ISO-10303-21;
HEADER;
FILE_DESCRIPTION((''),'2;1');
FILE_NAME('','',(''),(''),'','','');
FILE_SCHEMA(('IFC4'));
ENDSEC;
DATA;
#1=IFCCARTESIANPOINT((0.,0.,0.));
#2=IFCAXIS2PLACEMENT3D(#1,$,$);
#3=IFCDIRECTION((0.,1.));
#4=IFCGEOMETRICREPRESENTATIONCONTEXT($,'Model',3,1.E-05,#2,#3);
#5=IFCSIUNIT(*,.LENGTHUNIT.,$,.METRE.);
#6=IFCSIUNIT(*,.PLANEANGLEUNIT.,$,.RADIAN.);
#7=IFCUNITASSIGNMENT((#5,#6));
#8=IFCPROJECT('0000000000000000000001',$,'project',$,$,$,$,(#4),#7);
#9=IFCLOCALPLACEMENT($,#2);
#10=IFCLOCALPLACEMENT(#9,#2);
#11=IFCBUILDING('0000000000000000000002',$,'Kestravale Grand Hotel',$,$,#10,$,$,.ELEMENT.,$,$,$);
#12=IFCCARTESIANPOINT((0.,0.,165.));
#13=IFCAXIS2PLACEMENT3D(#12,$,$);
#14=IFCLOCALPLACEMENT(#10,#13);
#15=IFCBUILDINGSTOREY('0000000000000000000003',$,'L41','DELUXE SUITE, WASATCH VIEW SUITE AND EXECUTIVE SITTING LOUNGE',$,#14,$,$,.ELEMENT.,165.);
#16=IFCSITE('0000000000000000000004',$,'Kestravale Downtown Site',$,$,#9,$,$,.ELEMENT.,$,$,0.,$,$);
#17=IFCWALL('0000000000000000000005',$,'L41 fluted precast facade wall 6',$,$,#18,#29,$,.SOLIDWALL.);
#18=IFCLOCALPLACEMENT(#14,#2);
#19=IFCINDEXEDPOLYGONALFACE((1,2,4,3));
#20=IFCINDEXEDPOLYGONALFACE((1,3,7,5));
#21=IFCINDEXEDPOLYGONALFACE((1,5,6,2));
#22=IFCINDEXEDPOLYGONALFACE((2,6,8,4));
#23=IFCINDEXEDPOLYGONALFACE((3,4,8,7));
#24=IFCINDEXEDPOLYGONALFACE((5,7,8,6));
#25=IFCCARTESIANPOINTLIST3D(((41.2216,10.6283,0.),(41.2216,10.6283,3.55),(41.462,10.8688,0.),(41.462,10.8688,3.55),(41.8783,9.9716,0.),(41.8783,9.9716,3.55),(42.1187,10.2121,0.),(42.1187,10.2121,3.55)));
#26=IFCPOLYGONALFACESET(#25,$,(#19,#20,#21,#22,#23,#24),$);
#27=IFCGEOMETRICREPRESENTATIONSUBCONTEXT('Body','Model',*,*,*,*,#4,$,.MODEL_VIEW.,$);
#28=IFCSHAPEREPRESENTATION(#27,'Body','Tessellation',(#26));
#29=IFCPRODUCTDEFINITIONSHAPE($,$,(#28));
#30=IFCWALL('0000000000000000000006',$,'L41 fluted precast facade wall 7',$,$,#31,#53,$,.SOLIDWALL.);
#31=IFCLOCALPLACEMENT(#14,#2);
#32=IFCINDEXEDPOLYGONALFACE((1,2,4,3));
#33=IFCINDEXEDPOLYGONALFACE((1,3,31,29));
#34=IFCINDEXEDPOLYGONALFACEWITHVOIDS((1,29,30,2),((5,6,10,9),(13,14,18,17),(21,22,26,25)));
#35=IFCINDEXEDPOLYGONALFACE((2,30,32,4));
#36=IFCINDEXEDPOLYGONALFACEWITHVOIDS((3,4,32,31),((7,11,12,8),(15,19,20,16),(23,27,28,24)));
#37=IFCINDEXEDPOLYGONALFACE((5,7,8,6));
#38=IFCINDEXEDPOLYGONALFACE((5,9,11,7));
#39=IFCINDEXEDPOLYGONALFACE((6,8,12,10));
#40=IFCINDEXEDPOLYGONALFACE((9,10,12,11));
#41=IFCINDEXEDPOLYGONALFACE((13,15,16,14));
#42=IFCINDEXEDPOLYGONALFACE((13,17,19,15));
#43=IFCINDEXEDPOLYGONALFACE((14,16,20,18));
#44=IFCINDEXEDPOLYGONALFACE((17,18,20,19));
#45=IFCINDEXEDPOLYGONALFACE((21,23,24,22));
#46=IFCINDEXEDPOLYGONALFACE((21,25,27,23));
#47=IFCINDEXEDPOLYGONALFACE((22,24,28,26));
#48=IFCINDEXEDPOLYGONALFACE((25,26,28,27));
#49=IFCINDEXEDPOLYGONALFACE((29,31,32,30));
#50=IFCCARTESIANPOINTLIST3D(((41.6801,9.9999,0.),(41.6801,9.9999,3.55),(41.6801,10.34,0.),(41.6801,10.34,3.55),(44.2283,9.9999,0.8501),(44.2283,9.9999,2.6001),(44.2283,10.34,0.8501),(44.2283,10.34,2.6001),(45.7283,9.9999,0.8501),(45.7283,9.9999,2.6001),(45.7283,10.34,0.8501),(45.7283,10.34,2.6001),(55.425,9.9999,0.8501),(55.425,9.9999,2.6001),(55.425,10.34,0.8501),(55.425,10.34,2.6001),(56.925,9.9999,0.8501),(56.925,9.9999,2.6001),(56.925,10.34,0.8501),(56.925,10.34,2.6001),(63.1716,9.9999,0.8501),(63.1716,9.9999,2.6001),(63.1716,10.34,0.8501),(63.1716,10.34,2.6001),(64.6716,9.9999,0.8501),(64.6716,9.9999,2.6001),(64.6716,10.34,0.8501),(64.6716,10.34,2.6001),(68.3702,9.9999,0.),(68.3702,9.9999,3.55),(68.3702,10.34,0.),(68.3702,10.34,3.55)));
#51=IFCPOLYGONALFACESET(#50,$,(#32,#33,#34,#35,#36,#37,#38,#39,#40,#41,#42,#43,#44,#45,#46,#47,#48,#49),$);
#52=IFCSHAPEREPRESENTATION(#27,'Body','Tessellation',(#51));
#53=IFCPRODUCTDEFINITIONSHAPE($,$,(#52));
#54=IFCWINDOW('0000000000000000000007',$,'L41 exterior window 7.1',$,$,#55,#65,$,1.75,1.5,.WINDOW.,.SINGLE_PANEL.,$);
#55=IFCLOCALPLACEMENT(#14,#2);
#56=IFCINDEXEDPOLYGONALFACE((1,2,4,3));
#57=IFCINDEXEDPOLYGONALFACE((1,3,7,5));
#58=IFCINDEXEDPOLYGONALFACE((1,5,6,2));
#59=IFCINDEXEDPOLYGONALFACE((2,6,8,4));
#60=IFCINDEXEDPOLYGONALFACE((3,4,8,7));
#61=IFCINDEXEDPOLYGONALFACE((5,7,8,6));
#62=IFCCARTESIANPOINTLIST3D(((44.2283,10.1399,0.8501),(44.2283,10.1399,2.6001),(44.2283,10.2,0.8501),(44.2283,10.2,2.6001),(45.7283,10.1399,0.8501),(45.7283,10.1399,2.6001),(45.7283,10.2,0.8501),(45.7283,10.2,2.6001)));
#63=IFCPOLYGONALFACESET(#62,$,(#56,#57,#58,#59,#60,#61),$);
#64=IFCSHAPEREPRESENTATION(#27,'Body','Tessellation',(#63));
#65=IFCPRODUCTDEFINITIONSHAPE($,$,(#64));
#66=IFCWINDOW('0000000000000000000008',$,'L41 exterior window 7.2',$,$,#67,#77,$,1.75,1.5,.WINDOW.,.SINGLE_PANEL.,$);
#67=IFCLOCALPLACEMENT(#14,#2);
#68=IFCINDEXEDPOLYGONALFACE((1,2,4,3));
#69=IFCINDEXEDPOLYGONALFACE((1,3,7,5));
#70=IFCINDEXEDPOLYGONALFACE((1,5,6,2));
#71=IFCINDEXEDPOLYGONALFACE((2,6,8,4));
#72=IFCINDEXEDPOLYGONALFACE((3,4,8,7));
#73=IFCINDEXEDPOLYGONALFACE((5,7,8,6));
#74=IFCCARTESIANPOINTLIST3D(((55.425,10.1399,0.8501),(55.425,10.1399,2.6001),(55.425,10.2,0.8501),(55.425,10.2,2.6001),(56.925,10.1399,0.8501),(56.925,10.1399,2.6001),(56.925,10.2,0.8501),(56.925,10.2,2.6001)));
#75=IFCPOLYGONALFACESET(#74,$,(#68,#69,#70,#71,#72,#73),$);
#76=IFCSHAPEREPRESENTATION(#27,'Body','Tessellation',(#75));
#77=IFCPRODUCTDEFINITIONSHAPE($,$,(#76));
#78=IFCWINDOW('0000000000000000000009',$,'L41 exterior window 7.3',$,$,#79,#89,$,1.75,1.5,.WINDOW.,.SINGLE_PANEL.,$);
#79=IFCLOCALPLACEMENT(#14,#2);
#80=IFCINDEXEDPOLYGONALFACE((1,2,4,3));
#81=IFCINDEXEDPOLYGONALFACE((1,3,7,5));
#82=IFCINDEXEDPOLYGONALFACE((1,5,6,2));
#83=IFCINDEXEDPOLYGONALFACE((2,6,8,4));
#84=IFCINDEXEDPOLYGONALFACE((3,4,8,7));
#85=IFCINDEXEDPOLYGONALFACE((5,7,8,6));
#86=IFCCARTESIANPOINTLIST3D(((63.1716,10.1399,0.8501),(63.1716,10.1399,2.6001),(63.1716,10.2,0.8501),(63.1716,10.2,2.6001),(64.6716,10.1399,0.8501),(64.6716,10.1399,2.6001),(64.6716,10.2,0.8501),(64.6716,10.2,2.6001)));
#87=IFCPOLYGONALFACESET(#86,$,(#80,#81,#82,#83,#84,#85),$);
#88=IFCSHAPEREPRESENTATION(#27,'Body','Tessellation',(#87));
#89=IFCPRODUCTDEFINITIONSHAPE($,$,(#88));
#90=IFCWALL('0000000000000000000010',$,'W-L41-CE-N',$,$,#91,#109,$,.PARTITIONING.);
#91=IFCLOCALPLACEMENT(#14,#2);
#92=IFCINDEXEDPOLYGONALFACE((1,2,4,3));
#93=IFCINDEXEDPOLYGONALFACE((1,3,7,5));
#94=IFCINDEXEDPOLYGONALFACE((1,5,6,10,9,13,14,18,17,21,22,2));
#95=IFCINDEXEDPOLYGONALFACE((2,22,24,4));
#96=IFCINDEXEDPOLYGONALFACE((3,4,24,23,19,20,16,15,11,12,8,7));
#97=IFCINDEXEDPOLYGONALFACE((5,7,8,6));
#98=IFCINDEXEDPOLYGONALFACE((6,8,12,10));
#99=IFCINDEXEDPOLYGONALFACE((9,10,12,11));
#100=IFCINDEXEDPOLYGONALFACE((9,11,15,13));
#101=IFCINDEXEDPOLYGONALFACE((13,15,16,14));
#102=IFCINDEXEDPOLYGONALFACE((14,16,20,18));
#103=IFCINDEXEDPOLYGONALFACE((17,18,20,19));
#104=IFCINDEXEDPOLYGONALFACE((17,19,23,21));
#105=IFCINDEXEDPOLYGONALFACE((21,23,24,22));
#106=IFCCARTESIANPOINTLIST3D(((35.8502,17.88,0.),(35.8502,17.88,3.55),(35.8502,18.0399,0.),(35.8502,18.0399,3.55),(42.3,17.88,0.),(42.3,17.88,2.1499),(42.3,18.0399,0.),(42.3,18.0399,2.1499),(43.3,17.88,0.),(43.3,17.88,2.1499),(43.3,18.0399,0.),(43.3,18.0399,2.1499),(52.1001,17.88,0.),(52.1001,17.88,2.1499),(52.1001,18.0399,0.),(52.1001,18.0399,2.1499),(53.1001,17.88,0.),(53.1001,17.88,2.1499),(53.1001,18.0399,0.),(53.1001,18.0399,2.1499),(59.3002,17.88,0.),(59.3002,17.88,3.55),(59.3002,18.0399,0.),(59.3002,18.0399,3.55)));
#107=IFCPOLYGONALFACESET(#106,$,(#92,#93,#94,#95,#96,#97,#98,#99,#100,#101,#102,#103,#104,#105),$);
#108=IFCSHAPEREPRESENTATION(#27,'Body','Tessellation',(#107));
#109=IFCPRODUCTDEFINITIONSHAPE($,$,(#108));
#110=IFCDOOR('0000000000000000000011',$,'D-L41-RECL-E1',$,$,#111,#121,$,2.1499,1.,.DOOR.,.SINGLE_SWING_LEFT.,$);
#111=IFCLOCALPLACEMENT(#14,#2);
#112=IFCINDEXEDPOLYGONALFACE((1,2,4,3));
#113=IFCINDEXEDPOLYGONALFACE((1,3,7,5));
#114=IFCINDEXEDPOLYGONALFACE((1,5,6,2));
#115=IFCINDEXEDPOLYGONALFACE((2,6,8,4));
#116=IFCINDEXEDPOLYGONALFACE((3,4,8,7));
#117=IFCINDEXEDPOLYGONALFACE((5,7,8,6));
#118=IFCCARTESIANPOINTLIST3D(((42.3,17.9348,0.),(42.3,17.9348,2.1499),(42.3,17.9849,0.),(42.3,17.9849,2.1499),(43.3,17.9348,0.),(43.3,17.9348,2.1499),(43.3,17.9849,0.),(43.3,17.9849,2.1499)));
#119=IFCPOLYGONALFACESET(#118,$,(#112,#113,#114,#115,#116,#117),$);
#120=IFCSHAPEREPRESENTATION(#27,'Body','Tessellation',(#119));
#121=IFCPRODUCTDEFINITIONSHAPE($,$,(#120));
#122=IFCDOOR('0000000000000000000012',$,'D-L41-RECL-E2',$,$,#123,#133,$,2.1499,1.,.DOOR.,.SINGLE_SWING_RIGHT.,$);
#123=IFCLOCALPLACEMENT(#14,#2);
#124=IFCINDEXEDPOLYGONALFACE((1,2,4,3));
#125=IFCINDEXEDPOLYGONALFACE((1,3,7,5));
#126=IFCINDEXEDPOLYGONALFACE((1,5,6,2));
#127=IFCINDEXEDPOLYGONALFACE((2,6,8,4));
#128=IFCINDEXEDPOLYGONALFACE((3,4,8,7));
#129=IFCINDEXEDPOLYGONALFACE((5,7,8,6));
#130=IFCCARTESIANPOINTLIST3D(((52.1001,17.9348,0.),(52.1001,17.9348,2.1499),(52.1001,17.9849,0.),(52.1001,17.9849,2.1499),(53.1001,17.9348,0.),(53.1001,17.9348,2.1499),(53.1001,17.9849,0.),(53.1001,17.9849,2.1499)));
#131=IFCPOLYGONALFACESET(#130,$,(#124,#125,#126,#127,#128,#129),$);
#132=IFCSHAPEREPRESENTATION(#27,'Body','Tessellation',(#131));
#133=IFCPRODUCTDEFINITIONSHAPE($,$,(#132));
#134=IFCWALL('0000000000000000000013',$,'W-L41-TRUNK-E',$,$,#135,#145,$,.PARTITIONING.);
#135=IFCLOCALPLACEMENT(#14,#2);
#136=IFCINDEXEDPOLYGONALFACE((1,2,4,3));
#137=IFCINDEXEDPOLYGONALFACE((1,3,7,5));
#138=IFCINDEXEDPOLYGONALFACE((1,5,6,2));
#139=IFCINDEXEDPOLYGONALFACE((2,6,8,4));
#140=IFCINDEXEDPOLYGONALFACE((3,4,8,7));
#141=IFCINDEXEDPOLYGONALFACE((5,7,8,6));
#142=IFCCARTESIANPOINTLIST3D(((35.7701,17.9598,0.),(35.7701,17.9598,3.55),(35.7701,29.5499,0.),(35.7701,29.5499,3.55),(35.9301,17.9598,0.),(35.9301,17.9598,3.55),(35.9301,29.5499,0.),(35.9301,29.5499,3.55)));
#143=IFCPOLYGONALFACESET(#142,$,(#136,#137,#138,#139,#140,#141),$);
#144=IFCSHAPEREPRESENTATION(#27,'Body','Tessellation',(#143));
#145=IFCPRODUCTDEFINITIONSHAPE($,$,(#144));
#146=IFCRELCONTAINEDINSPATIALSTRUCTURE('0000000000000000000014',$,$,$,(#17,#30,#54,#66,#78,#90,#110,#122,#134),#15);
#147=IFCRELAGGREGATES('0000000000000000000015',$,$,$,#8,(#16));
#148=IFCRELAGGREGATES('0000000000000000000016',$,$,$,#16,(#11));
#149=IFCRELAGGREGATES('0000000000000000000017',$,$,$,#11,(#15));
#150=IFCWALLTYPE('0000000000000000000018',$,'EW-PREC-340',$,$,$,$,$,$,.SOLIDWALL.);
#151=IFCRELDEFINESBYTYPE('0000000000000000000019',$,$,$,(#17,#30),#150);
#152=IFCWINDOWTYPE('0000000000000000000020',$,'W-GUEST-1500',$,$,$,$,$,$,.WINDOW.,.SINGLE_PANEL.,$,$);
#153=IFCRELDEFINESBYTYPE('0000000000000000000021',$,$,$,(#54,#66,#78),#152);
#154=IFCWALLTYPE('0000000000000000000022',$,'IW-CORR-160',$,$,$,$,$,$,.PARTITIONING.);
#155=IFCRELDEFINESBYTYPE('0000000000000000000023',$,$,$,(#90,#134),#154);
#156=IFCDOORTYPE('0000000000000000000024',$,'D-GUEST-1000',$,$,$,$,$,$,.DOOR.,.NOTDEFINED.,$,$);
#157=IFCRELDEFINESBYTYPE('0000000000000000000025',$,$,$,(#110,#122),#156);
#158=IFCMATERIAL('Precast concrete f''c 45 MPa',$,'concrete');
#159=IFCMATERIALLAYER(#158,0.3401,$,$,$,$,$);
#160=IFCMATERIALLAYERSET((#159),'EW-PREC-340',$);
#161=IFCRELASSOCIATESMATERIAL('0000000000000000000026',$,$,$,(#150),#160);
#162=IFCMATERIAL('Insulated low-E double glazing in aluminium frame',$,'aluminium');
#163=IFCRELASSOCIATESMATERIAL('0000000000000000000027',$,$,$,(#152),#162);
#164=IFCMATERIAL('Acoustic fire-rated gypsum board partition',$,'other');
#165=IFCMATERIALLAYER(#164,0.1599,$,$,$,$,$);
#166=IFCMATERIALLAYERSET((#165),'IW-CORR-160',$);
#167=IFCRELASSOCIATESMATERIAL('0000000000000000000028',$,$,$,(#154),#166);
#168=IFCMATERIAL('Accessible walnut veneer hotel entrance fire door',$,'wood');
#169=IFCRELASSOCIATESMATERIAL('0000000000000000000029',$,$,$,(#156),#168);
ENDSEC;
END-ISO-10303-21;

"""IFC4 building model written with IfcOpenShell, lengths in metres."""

from ifc_helpers import new_model, si_unit, direction, frame, frame_2d, origin, place, context, subcontext, project, spatial, rectangle, extrude, material, layer, layer_set, type_object, element, fill, save


model = new_model("IFC4")

# Units and contexts
model_context = context("Model", 3, precision=1e-05, world=origin(), true_north=direction((0.0, 1.0)))
body_context = subcontext(model_context, "Body", "Model", "MODEL_VIEW")
ifc_project = project(units=[si_unit("LENGTHUNIT", "METRE"), si_unit("PLANEANGLEUNIT", "RADIAN")], contexts=[model_context])

# Site, building, storey
site_placement = place(None, origin())
site = spatial("IfcSite", under=ifc_project, at=site_placement, Name="Kestravale Downtown Site", CompositionType="ELEMENT", RefElevation=0.0)
building_placement = place(site_placement, origin())
building = spatial("IfcBuilding", under=site, at=building_placement, Name="Kestravale Grand Hotel", CompositionType="ELEMENT")
storey_placement = place(building_placement, frame((0.0, 0.0, 165.0)))
storey = spatial("IfcBuildingStorey", under=building, at=storey_placement, Name="L41", Description="DELUXE SUITE, WASATCH VIEW SUITE AND EXECUTIVE SITTING LOUNGE", CompositionType="ELEMENT", Elevation=165.0)

# Shared definitions
ifc_material_1 = material(Name="Precast concrete f'c 45 MPa", Category="concrete")
ifc_layer_1 = layer(ifc_material_1, 0.3401)
ifc_layer_set_1 = layer_set([ifc_layer_1], Name="EW-PREC-340")
wall_type_1 = type_object("IfcWallType", Name="EW-PREC-340", PredefinedType="SOLIDWALL", material=ifc_layer_set_1)

# Shared definitions
ifc_material_2 = material(Name="Insulated low-E double glazing in aluminium frame", Category="aluminium")
window_type = type_object("IfcWindowType", Name="W-GUEST-1500", PartitioningType="SINGLE_PANEL", PredefinedType="WINDOW", material=ifc_material_2)

# Wall
wall_1_placement = place(storey_placement, frame((41.3418, 10.7485, 0.0), z_axis=(0.0, 0.0, 1.0), x_axis=(0.707107, -0.707107, 0.0)))
element("IfcWall", 1, at=wall_1_placement, inside=storey, type_object=wall_type_1, Name="L41 fluted precast facade wall 6", PredefinedType="SOLIDWALL", context=body_context, shape_type="SweptSolid", body=[
    extrude(rectangle(XDim=0.9287, YDim=0.3401, at=frame_2d((0.4644, 0.0))), origin(), (0.0, 0.0, 1.0), 3.55),
])

# Wall, openings, windows
wall_2_placement = place(storey_placement, frame((41.6799, 10.1699, 0.0), z_axis=(0.0, 0.0, 1.0), x_axis=(1.0, 0.0, 0.0)))
wall_2 = element("IfcWall", 2, at=wall_2_placement, inside=storey, type_object=wall_type_1, Name="L41 fluted precast facade wall 7", PredefinedType="SOLIDWALL", context=body_context, shape_type="SweptSolid", body=[
    extrude(rectangle(XDim=26.6902, YDim=0.3401, at=frame_2d((13.3452, 0.0))), origin(), (0.0, 0.0, 1.0), 3.55),
])
opening_1_placement = place(wall_2_placement, frame((2.5483, 0.0, 0.8501)))
opening_1 = element("IfcOpeningElement", 3, at=opening_1_placement, cuts=wall_2, PredefinedType="OPENING", context=body_context, shape_type="SweptSolid", body=[
    extrude(rectangle(XDim=1.5, YDim=1.75, at=frame_2d((0.75, 0.875))), frame((0.0, 0.1799, 0.0), z_axis=(0.0, -1.0, 0.0), x_axis=(1.0, 0.0, 0.0)), (0.0, 0.0, 1.0), 0.3601),
])
opening_2_placement = place(wall_2_placement, frame((13.7451, 0.0, 0.8501)))
opening_2 = element("IfcOpeningElement", 4, at=opening_2_placement, cuts=wall_2, PredefinedType="OPENING", context=body_context, shape_type="SweptSolid", body=[
    extrude(rectangle(XDim=1.5, YDim=1.75, at=frame_2d((0.75, 0.875))), frame((0.0, 0.1799, 0.0), z_axis=(0.0, -1.0, 0.0), x_axis=(1.0, 0.0, 0.0)), (0.0, 0.0, 1.0), 0.3601),
])
opening_3_placement = place(wall_2_placement, frame((21.4917, 0.0, 0.8501)))
opening_3 = element("IfcOpeningElement", 5, at=opening_3_placement, cuts=wall_2, PredefinedType="OPENING", context=body_context, shape_type="SweptSolid", body=[
    extrude(rectangle(XDim=1.5, YDim=1.75, at=frame_2d((0.75, 0.875))), frame((0.0, 0.1799, 0.0), z_axis=(0.0, -1.0, 0.0), x_axis=(1.0, 0.0, 0.0)), (0.0, 0.0, 1.0), 0.3601),
])
window_1_placement = place(opening_1_placement, origin())
window_1 = element("IfcWindow", 6, at=window_1_placement, inside=storey, type_object=window_type, Name="L41 exterior window 7.1", OverallHeight=1.75, OverallWidth=1.5, PartitioningType="SINGLE_PANEL", PredefinedType="WINDOW", context=body_context, shape_type="SweptSolid", body=[
    extrude(rectangle(XDim=1.5, YDim=1.75, at=frame_2d((0.75, 0.875))), frame((0.0, 0.03, 0.0), z_axis=(0.0, -1.0, 0.0), x_axis=(1.0, 0.0, 0.0)), (0.0, 0.0, 1.0), 0.0601),
])
fill(opening_1, window_1)
window_2_placement = place(opening_2_placement, origin())
window_2 = element("IfcWindow", 7, at=window_2_placement, inside=storey, type_object=window_type, Name="L41 exterior window 7.2", OverallHeight=1.75, OverallWidth=1.5, PartitioningType="SINGLE_PANEL", PredefinedType="WINDOW", context=body_context, shape_type="SweptSolid", body=[
    extrude(rectangle(XDim=1.5, YDim=1.75, at=frame_2d((0.75, 0.875))), frame((0.0, 0.03, 0.0), z_axis=(0.0, -1.0, 0.0), x_axis=(1.0, 0.0, 0.0)), (0.0, 0.0, 1.0), 0.0601),
])
fill(opening_2, window_2)
window_3_placement = place(opening_3_placement, origin())
window_3 = element("IfcWindow", 8, at=window_3_placement, inside=storey, type_object=window_type, Name="L41 exterior window 7.3", OverallHeight=1.75, OverallWidth=1.5, PartitioningType="SINGLE_PANEL", PredefinedType="WINDOW", context=body_context, shape_type="SweptSolid", body=[
    extrude(rectangle(XDim=1.5, YDim=1.75, at=frame_2d((0.75, 0.875))), frame((0.0, 0.03, 0.0), z_axis=(0.0, -1.0, 0.0), x_axis=(1.0, 0.0, 0.0)), (0.0, 0.0, 1.0), 0.0601),
])
fill(opening_3, window_3)

# Wall, openings, doors
ifc_material_3 = material(Name="Acoustic fire-rated gypsum board partition", Category="other")
ifc_layer_2 = layer(ifc_material_3, 0.1599)
ifc_layer_set_2 = layer_set([ifc_layer_2], Name="IW-CORR-160")
wall_type_2 = type_object("IfcWallType", Name="IW-CORR-160", PredefinedType="PARTITIONING", material=ifc_layer_set_2)
wall_3_placement = place(storey_placement, frame((35.8501, 17.96, 0.0), z_axis=(0.0, 0.0, 1.0), x_axis=(1.0, 0.0, 0.0)))
wall_3 = element("IfcWall", 9, at=wall_3_placement, inside=storey, type_object=wall_type_2, Name="W-L41-CE-N", PredefinedType="PARTITIONING", context=body_context, shape_type="SweptSolid", body=[
    extrude(rectangle(XDim=23.45, YDim=0.1599, at=frame_2d((11.7251, 0.0))), origin(), (0.0, 0.0, 1.0), 3.55),
])
opening_4_placement = place(wall_3_placement, frame((6.45, 0.0, 0.0)))
opening_4 = element("IfcOpeningElement", 10, at=opening_4_placement, cuts=wall_3, PredefinedType="OPENING", context=body_context, shape_type="SweptSolid", body=[
    extrude(rectangle(XDim=1.0, YDim=2.1499, at=frame_2d((0.5, 1.075))), frame((0.0, 0.0898, 0.0), z_axis=(0.0, -1.0, 0.0), x_axis=(1.0, 0.0, 0.0)), (0.0, 0.0, 1.0), 0.1799),
])
opening_5_placement = place(wall_3_placement, frame((16.25, 0.0, 0.0)))
opening_5 = element("IfcOpeningElement", 11, at=opening_5_placement, cuts=wall_3, PredefinedType="OPENING", context=body_context, shape_type="SweptSolid", body=[
    extrude(rectangle(XDim=1.0, YDim=2.1499, at=frame_2d((0.5, 1.075))), frame((0.0, 0.0898, 0.0), z_axis=(0.0, -1.0, 0.0), x_axis=(1.0, 0.0, 0.0)), (0.0, 0.0, 1.0), 0.1799),
])
ifc_material_4 = material(Name="Accessible walnut veneer hotel entrance fire door", Category="wood")
door_type_1 = type_object("IfcDoorType", Name="D-GUEST-1000", OperationType="NOTDEFINED", PredefinedType="DOOR", material=ifc_material_4)
door_1_placement = place(opening_4_placement, origin())
door_1 = element("IfcDoor", 12, at=door_1_placement, inside=storey, type_object=door_type_1, Name="D-L41-RECL-E1", OperationType="SINGLE_SWING_LEFT", OverallHeight=2.1499, OverallWidth=1.0, PredefinedType="DOOR", context=body_context, shape_type="SweptSolid", body=[
    extrude(rectangle(XDim=1.0, YDim=2.1499, at=frame_2d((0.5, 1.075))), frame((0.0, 0.0249, 0.0), z_axis=(0.0, -1.0, 0.0), x_axis=(1.0, 0.0, 0.0)), (0.0, 0.0, 1.0), 0.05),
])
fill(opening_4, door_1)
door_2_placement = place(opening_5_placement, origin())
door_2 = element("IfcDoor", 13, at=door_2_placement, inside=storey, type_object=door_type_1, Name="D-L41-RECL-E2", OperationType="SINGLE_SWING_RIGHT", OverallHeight=2.1499, OverallWidth=1.0, PredefinedType="DOOR", context=body_context, shape_type="SweptSolid", body=[
    extrude(rectangle(XDim=1.0, YDim=2.1499, at=frame_2d((0.5, 1.075))), frame((0.0, 0.0249, 0.0), z_axis=(0.0, -1.0, 0.0), x_axis=(1.0, 0.0, 0.0)), (0.0, 0.0, 1.0), 0.05),
])
fill(opening_5, door_2)

# Wall
wall_4_placement = place(storey_placement, frame((35.8501, 17.96, 0.0), z_axis=(0.0, 0.0, 1.0), x_axis=(0.0, 1.0, 0.0)))
element("IfcWall", 14, at=wall_4_placement, inside=storey, type_object=wall_type_2, Name="W-L41-TRUNK-E", PredefinedType="PARTITIONING", context=body_context, shape_type="SweptSolid", body=[
    extrude(rectangle(XDim=11.5901, YDim=0.1599, at=frame_2d((5.7949, 0.0))), origin(), (0.0, 0.0, 1.0), 3.55),
])

save(model, "model.ifc")
